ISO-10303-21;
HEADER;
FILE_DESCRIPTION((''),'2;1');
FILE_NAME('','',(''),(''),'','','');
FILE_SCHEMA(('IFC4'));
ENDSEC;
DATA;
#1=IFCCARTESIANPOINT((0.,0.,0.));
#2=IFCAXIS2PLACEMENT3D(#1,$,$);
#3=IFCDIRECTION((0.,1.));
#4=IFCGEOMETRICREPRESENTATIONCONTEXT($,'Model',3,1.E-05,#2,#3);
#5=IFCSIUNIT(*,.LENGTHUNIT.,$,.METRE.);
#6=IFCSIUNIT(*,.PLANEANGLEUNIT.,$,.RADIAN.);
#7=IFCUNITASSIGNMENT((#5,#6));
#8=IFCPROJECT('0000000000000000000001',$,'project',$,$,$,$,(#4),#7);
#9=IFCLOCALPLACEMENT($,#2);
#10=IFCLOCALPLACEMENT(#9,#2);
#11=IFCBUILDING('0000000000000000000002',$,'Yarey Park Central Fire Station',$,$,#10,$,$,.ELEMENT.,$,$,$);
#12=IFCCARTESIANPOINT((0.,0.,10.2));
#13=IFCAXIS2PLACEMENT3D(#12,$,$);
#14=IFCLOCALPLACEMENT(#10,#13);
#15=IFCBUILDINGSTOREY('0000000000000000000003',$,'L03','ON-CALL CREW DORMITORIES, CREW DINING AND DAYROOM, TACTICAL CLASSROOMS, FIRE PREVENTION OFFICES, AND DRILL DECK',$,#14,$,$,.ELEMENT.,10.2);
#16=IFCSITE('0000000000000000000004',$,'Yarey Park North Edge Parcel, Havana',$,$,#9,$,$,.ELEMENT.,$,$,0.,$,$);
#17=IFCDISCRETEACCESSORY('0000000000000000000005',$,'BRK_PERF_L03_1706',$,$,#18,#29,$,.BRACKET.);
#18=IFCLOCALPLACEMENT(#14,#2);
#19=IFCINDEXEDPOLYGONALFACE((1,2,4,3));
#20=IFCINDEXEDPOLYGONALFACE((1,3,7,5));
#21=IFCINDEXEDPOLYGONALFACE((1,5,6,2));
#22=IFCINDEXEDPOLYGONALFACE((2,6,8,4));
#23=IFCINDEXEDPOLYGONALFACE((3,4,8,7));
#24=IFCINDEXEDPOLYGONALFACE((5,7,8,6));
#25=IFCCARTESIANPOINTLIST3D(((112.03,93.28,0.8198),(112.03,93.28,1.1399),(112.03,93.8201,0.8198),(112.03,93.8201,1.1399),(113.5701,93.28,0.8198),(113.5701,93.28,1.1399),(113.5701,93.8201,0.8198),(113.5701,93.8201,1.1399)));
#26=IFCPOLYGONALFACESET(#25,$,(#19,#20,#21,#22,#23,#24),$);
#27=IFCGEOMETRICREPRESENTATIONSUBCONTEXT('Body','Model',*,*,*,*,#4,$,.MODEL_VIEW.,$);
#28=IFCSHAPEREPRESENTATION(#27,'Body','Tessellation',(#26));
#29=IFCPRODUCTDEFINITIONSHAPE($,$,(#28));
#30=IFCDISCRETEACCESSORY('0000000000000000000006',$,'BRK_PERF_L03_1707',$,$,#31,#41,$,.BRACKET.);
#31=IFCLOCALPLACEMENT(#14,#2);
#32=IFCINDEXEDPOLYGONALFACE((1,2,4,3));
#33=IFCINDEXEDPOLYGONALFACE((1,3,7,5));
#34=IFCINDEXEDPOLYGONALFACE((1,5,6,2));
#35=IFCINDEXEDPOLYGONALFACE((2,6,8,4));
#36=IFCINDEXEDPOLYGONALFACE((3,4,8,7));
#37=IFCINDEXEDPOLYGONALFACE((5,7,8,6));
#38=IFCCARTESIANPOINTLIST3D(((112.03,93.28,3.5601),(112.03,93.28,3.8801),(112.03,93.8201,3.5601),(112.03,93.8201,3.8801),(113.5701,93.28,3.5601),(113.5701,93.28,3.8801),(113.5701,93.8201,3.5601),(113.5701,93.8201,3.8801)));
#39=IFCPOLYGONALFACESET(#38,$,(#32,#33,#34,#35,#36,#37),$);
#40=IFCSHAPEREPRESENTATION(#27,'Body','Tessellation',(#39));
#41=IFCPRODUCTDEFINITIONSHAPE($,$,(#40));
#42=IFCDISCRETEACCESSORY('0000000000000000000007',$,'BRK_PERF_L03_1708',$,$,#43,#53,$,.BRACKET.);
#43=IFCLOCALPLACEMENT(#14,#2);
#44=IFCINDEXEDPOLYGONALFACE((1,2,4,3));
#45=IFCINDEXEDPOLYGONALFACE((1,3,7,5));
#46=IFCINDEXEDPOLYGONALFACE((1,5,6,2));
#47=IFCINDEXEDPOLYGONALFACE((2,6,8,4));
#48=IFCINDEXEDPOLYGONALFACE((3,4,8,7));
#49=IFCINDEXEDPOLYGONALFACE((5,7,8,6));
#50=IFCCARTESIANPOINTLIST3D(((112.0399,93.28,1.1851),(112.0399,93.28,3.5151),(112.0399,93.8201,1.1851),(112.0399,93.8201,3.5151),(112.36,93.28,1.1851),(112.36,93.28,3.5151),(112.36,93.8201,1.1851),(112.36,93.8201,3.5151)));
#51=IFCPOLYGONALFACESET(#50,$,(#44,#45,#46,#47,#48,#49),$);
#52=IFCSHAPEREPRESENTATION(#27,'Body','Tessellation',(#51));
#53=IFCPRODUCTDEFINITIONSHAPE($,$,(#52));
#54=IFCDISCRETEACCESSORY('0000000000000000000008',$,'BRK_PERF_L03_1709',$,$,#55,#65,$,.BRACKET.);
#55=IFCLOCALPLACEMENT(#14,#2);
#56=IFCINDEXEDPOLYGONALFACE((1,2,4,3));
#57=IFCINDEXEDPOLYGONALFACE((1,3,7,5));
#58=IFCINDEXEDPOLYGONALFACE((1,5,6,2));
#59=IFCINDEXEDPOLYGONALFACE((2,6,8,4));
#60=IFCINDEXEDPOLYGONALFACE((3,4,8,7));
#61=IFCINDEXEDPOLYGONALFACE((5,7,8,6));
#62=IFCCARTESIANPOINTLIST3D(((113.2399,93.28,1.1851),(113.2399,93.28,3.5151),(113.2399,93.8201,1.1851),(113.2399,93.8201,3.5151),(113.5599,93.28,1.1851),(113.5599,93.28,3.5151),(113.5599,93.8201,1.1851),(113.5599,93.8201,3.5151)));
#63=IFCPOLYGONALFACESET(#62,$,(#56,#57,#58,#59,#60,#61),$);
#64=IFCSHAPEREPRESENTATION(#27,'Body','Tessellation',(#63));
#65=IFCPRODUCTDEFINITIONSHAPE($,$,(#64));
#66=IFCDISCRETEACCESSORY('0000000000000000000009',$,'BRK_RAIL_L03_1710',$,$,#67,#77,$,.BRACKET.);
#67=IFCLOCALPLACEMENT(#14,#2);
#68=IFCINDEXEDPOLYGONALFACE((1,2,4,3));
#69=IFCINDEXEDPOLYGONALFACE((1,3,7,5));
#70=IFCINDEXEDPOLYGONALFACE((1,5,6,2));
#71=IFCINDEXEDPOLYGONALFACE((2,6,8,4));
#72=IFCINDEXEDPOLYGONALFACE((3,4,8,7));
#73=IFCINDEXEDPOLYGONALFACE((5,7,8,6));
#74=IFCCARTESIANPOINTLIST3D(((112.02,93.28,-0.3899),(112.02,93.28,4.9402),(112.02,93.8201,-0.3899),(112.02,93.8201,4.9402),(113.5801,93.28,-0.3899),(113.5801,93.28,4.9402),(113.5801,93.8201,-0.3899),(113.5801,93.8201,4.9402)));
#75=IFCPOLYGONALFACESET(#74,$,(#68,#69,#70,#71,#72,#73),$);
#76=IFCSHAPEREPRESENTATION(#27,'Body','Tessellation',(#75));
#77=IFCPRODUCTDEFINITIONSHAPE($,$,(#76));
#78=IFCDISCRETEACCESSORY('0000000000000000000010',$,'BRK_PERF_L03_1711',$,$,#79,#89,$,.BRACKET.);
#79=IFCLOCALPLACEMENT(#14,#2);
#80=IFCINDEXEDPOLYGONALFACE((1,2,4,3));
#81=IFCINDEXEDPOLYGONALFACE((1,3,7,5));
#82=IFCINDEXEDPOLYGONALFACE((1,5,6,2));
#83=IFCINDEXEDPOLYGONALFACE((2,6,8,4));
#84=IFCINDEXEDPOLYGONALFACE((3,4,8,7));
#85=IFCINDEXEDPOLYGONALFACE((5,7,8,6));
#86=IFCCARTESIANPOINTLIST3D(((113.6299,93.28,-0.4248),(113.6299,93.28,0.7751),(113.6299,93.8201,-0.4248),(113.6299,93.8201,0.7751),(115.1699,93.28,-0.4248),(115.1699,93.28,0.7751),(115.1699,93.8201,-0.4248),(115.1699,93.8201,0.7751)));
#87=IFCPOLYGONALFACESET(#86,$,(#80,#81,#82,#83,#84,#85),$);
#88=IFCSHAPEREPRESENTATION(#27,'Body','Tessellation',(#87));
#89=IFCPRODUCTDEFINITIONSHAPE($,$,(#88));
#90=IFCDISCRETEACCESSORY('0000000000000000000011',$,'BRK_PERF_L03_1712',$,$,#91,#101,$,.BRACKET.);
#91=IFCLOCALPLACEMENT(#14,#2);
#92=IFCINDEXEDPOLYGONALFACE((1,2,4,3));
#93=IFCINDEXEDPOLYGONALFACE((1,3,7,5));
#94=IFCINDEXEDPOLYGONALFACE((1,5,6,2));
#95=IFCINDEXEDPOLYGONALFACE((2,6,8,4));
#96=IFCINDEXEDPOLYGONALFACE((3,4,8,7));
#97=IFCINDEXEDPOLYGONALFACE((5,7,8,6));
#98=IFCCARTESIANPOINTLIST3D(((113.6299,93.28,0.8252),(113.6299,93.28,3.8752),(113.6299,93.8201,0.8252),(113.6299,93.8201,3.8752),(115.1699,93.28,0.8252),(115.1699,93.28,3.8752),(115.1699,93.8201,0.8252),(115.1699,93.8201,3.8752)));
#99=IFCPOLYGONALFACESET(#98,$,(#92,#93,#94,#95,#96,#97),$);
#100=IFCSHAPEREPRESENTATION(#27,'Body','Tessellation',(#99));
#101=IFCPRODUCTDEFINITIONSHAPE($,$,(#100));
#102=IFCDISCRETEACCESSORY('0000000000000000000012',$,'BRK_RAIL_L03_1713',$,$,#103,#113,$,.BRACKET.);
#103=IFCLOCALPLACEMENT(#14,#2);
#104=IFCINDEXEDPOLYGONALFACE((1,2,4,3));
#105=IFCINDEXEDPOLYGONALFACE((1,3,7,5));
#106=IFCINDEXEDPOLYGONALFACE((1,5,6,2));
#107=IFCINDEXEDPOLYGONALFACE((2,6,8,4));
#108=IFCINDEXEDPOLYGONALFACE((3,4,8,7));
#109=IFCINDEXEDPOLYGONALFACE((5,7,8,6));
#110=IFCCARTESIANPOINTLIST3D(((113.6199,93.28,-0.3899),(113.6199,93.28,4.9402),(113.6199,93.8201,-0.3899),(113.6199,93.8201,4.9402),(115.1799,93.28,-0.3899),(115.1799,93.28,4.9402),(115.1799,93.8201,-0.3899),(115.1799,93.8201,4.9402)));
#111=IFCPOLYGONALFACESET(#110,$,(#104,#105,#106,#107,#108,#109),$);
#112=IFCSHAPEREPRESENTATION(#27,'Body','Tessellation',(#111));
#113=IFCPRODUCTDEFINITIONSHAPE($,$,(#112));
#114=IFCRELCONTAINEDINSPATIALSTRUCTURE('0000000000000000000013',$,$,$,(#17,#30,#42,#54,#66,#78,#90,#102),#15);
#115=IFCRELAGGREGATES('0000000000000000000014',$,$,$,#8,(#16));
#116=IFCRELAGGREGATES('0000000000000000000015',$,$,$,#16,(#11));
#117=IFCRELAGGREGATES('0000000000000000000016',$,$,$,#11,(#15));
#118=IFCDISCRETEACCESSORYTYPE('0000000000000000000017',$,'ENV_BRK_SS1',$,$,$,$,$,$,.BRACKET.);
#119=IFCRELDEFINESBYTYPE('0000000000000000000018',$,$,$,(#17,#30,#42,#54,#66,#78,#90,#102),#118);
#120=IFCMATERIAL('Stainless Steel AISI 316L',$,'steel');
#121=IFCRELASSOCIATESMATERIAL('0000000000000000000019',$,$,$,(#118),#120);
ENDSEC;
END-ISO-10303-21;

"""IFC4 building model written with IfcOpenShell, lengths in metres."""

from ifc_helpers import new_model, si_unit, direction, frame, origin, origin_2d, place, context, subcontext, project, spatial, rectangle, extrude, material, type_object, element, save


model = new_model("IFC4")

# Units and contexts
model_context = context("Model", 3, precision=1e-05, world=origin(), true_north=direction((0.0, 1.0)))
body_context = subcontext(model_context, "Body", "Model", "MODEL_VIEW")
ifc_project = project(units=[si_unit("LENGTHUNIT", "METRE"), si_unit("PLANEANGLEUNIT", "RADIAN")], contexts=[model_context])

# Site, building, storey
site_placement = place(None, origin())
site = spatial("IfcSite", under=ifc_project, at=site_placement, Name="Yarey Park North Edge Parcel, Havana", CompositionType="ELEMENT", RefElevation=0.0)
building_placement = place(site_placement, origin())
building = spatial("IfcBuilding", under=site, at=building_placement, Name="Yarey Park Central Fire Station", CompositionType="ELEMENT")
storey_placement = place(building_placement, frame((0.0, 0.0, 10.2)))
storey = spatial("IfcBuildingStorey", under=building, at=storey_placement, Name="L03", Description="ON-CALL CREW DORMITORIES, CREW DINING AND DAYROOM, TACTICAL CLASSROOMS, FIRE PREVENTION OFFICES, AND DRILL DECK", CompositionType="ELEMENT", Elevation=10.2)

# Discrete accessories
ifc_material_1 = material(Name="Stainless Steel AISI 316L", Category="steel")
discrete_accessory_type = type_object("IfcDiscreteAccessoryType", Name="ENV_BRK_SS1", PredefinedType="BRACKET", material=ifc_material_1)
for number, where, z_axis, x_axis, name in (
    (1, (112.8, 93.55, 0.8198), (0.0, 0.0, 1.0), (1.0, 0.0, 0.0), "BRK_PERF_L03_1706"),
    (2, (112.8, 93.55, 3.5601), (0.0, 0.0, 1.0), (1.0, 0.0, 0.0), "BRK_PERF_L03_1707"),
):
    element("IfcDiscreteAccessory", number, at=place(storey_placement, frame(where, z_axis=z_axis, x_axis=x_axis)), inside=storey, type_object=discrete_accessory_type, Name=name, PredefinedType="BRACKET", context=body_context, shape_type="SweptSolid", body=[
        extrude(rectangle(XDim=1.54, YDim=0.54, at=origin_2d()), origin(), (0.0, 0.0, 1.0), 0.3201),
    ])
for number, where, z_axis, x_axis, name in (
    (3, (112.2, 93.55, 1.1851), (0.0, 0.0, 1.0), (1.0, 0.0, 0.0), "BRK_PERF_L03_1708"),
    (4, (113.3999, 93.55, 1.1851), (0.0, 0.0, 1.0), (1.0, 0.0, 0.0), "BRK_PERF_L03_1709"),
):
    element("IfcDiscreteAccessory", number, at=place(storey_placement, frame(where, z_axis=z_axis, x_axis=x_axis)), inside=storey, type_object=discrete_accessory_type, Name=name, PredefinedType="BRACKET", context=body_context, shape_type="SweptSolid", body=[
        extrude(rectangle(XDim=0.3201, YDim=0.54, at=origin_2d()), origin(), (0.0, 0.0, 1.0), 2.3301),
    ])
discrete_accessory_1_placement = place(storey_placement, frame((112.8, 93.55, -0.3899), z_axis=(0.0, 0.0, 1.0), x_axis=(1.0, 0.0, 0.0)))
element("IfcDiscreteAccessory", 5, at=discrete_accessory_1_placement, inside=storey, type_object=discrete_accessory_type, Name="BRK_RAIL_L03_1710", PredefinedType="BRACKET", context=body_context, shape_type="SweptSolid", body=[
    extrude(rectangle(XDim=1.5601, YDim=0.54, at=origin_2d()), origin(), (0.0, 0.0, 1.0), 5.3301),
])
discrete_accessory_2_placement = place(storey_placement, frame((114.3999, 93.55, -0.4248), z_axis=(0.0, 0.0, 1.0), x_axis=(1.0, 0.0, 0.0)))
element("IfcDiscreteAccessory", 6, at=discrete_accessory_2_placement, inside=storey, type_object=discrete_accessory_type, Name="BRK_PERF_L03_1711", PredefinedType="BRACKET", context=body_context, shape_type="SweptSolid", body=[
    extrude(rectangle(XDim=1.54, YDim=0.54, at=origin_2d()), origin(), (0.0, 0.0, 1.0), 1.2),
])
discrete_accessory_3_placement = place(storey_placement, frame((114.3999, 93.55, 0.8252), z_axis=(0.0, 0.0, 1.0), x_axis=(1.0, 0.0, 0.0)))
element("IfcDiscreteAccessory", 7, at=discrete_accessory_3_placement, inside=storey, type_object=discrete_accessory_type, Name="BRK_PERF_L03_1712", PredefinedType="BRACKET", context=body_context, shape_type="SweptSolid", body=[
    extrude(rectangle(XDim=1.54, YDim=0.54, at=origin_2d()), origin(), (0.0, 0.0, 1.0), 3.05),
])
discrete_accessory_4_placement = place(storey_placement, frame((114.3999, 93.55, -0.3899), z_axis=(0.0, 0.0, 1.0), x_axis=(1.0, 0.0, 0.0)))
element("IfcDiscreteAccessory", 8, at=discrete_accessory_4_placement, inside=storey, type_object=discrete_accessory_type, Name="BRK_RAIL_L03_1713", PredefinedType="BRACKET", context=body_context, shape_type="SweptSolid", body=[
    extrude(rectangle(XDim=1.5601, YDim=0.54, at=origin_2d()), origin(), (0.0, 0.0, 1.0), 5.3301),
])

save(model, "model.ifc")
